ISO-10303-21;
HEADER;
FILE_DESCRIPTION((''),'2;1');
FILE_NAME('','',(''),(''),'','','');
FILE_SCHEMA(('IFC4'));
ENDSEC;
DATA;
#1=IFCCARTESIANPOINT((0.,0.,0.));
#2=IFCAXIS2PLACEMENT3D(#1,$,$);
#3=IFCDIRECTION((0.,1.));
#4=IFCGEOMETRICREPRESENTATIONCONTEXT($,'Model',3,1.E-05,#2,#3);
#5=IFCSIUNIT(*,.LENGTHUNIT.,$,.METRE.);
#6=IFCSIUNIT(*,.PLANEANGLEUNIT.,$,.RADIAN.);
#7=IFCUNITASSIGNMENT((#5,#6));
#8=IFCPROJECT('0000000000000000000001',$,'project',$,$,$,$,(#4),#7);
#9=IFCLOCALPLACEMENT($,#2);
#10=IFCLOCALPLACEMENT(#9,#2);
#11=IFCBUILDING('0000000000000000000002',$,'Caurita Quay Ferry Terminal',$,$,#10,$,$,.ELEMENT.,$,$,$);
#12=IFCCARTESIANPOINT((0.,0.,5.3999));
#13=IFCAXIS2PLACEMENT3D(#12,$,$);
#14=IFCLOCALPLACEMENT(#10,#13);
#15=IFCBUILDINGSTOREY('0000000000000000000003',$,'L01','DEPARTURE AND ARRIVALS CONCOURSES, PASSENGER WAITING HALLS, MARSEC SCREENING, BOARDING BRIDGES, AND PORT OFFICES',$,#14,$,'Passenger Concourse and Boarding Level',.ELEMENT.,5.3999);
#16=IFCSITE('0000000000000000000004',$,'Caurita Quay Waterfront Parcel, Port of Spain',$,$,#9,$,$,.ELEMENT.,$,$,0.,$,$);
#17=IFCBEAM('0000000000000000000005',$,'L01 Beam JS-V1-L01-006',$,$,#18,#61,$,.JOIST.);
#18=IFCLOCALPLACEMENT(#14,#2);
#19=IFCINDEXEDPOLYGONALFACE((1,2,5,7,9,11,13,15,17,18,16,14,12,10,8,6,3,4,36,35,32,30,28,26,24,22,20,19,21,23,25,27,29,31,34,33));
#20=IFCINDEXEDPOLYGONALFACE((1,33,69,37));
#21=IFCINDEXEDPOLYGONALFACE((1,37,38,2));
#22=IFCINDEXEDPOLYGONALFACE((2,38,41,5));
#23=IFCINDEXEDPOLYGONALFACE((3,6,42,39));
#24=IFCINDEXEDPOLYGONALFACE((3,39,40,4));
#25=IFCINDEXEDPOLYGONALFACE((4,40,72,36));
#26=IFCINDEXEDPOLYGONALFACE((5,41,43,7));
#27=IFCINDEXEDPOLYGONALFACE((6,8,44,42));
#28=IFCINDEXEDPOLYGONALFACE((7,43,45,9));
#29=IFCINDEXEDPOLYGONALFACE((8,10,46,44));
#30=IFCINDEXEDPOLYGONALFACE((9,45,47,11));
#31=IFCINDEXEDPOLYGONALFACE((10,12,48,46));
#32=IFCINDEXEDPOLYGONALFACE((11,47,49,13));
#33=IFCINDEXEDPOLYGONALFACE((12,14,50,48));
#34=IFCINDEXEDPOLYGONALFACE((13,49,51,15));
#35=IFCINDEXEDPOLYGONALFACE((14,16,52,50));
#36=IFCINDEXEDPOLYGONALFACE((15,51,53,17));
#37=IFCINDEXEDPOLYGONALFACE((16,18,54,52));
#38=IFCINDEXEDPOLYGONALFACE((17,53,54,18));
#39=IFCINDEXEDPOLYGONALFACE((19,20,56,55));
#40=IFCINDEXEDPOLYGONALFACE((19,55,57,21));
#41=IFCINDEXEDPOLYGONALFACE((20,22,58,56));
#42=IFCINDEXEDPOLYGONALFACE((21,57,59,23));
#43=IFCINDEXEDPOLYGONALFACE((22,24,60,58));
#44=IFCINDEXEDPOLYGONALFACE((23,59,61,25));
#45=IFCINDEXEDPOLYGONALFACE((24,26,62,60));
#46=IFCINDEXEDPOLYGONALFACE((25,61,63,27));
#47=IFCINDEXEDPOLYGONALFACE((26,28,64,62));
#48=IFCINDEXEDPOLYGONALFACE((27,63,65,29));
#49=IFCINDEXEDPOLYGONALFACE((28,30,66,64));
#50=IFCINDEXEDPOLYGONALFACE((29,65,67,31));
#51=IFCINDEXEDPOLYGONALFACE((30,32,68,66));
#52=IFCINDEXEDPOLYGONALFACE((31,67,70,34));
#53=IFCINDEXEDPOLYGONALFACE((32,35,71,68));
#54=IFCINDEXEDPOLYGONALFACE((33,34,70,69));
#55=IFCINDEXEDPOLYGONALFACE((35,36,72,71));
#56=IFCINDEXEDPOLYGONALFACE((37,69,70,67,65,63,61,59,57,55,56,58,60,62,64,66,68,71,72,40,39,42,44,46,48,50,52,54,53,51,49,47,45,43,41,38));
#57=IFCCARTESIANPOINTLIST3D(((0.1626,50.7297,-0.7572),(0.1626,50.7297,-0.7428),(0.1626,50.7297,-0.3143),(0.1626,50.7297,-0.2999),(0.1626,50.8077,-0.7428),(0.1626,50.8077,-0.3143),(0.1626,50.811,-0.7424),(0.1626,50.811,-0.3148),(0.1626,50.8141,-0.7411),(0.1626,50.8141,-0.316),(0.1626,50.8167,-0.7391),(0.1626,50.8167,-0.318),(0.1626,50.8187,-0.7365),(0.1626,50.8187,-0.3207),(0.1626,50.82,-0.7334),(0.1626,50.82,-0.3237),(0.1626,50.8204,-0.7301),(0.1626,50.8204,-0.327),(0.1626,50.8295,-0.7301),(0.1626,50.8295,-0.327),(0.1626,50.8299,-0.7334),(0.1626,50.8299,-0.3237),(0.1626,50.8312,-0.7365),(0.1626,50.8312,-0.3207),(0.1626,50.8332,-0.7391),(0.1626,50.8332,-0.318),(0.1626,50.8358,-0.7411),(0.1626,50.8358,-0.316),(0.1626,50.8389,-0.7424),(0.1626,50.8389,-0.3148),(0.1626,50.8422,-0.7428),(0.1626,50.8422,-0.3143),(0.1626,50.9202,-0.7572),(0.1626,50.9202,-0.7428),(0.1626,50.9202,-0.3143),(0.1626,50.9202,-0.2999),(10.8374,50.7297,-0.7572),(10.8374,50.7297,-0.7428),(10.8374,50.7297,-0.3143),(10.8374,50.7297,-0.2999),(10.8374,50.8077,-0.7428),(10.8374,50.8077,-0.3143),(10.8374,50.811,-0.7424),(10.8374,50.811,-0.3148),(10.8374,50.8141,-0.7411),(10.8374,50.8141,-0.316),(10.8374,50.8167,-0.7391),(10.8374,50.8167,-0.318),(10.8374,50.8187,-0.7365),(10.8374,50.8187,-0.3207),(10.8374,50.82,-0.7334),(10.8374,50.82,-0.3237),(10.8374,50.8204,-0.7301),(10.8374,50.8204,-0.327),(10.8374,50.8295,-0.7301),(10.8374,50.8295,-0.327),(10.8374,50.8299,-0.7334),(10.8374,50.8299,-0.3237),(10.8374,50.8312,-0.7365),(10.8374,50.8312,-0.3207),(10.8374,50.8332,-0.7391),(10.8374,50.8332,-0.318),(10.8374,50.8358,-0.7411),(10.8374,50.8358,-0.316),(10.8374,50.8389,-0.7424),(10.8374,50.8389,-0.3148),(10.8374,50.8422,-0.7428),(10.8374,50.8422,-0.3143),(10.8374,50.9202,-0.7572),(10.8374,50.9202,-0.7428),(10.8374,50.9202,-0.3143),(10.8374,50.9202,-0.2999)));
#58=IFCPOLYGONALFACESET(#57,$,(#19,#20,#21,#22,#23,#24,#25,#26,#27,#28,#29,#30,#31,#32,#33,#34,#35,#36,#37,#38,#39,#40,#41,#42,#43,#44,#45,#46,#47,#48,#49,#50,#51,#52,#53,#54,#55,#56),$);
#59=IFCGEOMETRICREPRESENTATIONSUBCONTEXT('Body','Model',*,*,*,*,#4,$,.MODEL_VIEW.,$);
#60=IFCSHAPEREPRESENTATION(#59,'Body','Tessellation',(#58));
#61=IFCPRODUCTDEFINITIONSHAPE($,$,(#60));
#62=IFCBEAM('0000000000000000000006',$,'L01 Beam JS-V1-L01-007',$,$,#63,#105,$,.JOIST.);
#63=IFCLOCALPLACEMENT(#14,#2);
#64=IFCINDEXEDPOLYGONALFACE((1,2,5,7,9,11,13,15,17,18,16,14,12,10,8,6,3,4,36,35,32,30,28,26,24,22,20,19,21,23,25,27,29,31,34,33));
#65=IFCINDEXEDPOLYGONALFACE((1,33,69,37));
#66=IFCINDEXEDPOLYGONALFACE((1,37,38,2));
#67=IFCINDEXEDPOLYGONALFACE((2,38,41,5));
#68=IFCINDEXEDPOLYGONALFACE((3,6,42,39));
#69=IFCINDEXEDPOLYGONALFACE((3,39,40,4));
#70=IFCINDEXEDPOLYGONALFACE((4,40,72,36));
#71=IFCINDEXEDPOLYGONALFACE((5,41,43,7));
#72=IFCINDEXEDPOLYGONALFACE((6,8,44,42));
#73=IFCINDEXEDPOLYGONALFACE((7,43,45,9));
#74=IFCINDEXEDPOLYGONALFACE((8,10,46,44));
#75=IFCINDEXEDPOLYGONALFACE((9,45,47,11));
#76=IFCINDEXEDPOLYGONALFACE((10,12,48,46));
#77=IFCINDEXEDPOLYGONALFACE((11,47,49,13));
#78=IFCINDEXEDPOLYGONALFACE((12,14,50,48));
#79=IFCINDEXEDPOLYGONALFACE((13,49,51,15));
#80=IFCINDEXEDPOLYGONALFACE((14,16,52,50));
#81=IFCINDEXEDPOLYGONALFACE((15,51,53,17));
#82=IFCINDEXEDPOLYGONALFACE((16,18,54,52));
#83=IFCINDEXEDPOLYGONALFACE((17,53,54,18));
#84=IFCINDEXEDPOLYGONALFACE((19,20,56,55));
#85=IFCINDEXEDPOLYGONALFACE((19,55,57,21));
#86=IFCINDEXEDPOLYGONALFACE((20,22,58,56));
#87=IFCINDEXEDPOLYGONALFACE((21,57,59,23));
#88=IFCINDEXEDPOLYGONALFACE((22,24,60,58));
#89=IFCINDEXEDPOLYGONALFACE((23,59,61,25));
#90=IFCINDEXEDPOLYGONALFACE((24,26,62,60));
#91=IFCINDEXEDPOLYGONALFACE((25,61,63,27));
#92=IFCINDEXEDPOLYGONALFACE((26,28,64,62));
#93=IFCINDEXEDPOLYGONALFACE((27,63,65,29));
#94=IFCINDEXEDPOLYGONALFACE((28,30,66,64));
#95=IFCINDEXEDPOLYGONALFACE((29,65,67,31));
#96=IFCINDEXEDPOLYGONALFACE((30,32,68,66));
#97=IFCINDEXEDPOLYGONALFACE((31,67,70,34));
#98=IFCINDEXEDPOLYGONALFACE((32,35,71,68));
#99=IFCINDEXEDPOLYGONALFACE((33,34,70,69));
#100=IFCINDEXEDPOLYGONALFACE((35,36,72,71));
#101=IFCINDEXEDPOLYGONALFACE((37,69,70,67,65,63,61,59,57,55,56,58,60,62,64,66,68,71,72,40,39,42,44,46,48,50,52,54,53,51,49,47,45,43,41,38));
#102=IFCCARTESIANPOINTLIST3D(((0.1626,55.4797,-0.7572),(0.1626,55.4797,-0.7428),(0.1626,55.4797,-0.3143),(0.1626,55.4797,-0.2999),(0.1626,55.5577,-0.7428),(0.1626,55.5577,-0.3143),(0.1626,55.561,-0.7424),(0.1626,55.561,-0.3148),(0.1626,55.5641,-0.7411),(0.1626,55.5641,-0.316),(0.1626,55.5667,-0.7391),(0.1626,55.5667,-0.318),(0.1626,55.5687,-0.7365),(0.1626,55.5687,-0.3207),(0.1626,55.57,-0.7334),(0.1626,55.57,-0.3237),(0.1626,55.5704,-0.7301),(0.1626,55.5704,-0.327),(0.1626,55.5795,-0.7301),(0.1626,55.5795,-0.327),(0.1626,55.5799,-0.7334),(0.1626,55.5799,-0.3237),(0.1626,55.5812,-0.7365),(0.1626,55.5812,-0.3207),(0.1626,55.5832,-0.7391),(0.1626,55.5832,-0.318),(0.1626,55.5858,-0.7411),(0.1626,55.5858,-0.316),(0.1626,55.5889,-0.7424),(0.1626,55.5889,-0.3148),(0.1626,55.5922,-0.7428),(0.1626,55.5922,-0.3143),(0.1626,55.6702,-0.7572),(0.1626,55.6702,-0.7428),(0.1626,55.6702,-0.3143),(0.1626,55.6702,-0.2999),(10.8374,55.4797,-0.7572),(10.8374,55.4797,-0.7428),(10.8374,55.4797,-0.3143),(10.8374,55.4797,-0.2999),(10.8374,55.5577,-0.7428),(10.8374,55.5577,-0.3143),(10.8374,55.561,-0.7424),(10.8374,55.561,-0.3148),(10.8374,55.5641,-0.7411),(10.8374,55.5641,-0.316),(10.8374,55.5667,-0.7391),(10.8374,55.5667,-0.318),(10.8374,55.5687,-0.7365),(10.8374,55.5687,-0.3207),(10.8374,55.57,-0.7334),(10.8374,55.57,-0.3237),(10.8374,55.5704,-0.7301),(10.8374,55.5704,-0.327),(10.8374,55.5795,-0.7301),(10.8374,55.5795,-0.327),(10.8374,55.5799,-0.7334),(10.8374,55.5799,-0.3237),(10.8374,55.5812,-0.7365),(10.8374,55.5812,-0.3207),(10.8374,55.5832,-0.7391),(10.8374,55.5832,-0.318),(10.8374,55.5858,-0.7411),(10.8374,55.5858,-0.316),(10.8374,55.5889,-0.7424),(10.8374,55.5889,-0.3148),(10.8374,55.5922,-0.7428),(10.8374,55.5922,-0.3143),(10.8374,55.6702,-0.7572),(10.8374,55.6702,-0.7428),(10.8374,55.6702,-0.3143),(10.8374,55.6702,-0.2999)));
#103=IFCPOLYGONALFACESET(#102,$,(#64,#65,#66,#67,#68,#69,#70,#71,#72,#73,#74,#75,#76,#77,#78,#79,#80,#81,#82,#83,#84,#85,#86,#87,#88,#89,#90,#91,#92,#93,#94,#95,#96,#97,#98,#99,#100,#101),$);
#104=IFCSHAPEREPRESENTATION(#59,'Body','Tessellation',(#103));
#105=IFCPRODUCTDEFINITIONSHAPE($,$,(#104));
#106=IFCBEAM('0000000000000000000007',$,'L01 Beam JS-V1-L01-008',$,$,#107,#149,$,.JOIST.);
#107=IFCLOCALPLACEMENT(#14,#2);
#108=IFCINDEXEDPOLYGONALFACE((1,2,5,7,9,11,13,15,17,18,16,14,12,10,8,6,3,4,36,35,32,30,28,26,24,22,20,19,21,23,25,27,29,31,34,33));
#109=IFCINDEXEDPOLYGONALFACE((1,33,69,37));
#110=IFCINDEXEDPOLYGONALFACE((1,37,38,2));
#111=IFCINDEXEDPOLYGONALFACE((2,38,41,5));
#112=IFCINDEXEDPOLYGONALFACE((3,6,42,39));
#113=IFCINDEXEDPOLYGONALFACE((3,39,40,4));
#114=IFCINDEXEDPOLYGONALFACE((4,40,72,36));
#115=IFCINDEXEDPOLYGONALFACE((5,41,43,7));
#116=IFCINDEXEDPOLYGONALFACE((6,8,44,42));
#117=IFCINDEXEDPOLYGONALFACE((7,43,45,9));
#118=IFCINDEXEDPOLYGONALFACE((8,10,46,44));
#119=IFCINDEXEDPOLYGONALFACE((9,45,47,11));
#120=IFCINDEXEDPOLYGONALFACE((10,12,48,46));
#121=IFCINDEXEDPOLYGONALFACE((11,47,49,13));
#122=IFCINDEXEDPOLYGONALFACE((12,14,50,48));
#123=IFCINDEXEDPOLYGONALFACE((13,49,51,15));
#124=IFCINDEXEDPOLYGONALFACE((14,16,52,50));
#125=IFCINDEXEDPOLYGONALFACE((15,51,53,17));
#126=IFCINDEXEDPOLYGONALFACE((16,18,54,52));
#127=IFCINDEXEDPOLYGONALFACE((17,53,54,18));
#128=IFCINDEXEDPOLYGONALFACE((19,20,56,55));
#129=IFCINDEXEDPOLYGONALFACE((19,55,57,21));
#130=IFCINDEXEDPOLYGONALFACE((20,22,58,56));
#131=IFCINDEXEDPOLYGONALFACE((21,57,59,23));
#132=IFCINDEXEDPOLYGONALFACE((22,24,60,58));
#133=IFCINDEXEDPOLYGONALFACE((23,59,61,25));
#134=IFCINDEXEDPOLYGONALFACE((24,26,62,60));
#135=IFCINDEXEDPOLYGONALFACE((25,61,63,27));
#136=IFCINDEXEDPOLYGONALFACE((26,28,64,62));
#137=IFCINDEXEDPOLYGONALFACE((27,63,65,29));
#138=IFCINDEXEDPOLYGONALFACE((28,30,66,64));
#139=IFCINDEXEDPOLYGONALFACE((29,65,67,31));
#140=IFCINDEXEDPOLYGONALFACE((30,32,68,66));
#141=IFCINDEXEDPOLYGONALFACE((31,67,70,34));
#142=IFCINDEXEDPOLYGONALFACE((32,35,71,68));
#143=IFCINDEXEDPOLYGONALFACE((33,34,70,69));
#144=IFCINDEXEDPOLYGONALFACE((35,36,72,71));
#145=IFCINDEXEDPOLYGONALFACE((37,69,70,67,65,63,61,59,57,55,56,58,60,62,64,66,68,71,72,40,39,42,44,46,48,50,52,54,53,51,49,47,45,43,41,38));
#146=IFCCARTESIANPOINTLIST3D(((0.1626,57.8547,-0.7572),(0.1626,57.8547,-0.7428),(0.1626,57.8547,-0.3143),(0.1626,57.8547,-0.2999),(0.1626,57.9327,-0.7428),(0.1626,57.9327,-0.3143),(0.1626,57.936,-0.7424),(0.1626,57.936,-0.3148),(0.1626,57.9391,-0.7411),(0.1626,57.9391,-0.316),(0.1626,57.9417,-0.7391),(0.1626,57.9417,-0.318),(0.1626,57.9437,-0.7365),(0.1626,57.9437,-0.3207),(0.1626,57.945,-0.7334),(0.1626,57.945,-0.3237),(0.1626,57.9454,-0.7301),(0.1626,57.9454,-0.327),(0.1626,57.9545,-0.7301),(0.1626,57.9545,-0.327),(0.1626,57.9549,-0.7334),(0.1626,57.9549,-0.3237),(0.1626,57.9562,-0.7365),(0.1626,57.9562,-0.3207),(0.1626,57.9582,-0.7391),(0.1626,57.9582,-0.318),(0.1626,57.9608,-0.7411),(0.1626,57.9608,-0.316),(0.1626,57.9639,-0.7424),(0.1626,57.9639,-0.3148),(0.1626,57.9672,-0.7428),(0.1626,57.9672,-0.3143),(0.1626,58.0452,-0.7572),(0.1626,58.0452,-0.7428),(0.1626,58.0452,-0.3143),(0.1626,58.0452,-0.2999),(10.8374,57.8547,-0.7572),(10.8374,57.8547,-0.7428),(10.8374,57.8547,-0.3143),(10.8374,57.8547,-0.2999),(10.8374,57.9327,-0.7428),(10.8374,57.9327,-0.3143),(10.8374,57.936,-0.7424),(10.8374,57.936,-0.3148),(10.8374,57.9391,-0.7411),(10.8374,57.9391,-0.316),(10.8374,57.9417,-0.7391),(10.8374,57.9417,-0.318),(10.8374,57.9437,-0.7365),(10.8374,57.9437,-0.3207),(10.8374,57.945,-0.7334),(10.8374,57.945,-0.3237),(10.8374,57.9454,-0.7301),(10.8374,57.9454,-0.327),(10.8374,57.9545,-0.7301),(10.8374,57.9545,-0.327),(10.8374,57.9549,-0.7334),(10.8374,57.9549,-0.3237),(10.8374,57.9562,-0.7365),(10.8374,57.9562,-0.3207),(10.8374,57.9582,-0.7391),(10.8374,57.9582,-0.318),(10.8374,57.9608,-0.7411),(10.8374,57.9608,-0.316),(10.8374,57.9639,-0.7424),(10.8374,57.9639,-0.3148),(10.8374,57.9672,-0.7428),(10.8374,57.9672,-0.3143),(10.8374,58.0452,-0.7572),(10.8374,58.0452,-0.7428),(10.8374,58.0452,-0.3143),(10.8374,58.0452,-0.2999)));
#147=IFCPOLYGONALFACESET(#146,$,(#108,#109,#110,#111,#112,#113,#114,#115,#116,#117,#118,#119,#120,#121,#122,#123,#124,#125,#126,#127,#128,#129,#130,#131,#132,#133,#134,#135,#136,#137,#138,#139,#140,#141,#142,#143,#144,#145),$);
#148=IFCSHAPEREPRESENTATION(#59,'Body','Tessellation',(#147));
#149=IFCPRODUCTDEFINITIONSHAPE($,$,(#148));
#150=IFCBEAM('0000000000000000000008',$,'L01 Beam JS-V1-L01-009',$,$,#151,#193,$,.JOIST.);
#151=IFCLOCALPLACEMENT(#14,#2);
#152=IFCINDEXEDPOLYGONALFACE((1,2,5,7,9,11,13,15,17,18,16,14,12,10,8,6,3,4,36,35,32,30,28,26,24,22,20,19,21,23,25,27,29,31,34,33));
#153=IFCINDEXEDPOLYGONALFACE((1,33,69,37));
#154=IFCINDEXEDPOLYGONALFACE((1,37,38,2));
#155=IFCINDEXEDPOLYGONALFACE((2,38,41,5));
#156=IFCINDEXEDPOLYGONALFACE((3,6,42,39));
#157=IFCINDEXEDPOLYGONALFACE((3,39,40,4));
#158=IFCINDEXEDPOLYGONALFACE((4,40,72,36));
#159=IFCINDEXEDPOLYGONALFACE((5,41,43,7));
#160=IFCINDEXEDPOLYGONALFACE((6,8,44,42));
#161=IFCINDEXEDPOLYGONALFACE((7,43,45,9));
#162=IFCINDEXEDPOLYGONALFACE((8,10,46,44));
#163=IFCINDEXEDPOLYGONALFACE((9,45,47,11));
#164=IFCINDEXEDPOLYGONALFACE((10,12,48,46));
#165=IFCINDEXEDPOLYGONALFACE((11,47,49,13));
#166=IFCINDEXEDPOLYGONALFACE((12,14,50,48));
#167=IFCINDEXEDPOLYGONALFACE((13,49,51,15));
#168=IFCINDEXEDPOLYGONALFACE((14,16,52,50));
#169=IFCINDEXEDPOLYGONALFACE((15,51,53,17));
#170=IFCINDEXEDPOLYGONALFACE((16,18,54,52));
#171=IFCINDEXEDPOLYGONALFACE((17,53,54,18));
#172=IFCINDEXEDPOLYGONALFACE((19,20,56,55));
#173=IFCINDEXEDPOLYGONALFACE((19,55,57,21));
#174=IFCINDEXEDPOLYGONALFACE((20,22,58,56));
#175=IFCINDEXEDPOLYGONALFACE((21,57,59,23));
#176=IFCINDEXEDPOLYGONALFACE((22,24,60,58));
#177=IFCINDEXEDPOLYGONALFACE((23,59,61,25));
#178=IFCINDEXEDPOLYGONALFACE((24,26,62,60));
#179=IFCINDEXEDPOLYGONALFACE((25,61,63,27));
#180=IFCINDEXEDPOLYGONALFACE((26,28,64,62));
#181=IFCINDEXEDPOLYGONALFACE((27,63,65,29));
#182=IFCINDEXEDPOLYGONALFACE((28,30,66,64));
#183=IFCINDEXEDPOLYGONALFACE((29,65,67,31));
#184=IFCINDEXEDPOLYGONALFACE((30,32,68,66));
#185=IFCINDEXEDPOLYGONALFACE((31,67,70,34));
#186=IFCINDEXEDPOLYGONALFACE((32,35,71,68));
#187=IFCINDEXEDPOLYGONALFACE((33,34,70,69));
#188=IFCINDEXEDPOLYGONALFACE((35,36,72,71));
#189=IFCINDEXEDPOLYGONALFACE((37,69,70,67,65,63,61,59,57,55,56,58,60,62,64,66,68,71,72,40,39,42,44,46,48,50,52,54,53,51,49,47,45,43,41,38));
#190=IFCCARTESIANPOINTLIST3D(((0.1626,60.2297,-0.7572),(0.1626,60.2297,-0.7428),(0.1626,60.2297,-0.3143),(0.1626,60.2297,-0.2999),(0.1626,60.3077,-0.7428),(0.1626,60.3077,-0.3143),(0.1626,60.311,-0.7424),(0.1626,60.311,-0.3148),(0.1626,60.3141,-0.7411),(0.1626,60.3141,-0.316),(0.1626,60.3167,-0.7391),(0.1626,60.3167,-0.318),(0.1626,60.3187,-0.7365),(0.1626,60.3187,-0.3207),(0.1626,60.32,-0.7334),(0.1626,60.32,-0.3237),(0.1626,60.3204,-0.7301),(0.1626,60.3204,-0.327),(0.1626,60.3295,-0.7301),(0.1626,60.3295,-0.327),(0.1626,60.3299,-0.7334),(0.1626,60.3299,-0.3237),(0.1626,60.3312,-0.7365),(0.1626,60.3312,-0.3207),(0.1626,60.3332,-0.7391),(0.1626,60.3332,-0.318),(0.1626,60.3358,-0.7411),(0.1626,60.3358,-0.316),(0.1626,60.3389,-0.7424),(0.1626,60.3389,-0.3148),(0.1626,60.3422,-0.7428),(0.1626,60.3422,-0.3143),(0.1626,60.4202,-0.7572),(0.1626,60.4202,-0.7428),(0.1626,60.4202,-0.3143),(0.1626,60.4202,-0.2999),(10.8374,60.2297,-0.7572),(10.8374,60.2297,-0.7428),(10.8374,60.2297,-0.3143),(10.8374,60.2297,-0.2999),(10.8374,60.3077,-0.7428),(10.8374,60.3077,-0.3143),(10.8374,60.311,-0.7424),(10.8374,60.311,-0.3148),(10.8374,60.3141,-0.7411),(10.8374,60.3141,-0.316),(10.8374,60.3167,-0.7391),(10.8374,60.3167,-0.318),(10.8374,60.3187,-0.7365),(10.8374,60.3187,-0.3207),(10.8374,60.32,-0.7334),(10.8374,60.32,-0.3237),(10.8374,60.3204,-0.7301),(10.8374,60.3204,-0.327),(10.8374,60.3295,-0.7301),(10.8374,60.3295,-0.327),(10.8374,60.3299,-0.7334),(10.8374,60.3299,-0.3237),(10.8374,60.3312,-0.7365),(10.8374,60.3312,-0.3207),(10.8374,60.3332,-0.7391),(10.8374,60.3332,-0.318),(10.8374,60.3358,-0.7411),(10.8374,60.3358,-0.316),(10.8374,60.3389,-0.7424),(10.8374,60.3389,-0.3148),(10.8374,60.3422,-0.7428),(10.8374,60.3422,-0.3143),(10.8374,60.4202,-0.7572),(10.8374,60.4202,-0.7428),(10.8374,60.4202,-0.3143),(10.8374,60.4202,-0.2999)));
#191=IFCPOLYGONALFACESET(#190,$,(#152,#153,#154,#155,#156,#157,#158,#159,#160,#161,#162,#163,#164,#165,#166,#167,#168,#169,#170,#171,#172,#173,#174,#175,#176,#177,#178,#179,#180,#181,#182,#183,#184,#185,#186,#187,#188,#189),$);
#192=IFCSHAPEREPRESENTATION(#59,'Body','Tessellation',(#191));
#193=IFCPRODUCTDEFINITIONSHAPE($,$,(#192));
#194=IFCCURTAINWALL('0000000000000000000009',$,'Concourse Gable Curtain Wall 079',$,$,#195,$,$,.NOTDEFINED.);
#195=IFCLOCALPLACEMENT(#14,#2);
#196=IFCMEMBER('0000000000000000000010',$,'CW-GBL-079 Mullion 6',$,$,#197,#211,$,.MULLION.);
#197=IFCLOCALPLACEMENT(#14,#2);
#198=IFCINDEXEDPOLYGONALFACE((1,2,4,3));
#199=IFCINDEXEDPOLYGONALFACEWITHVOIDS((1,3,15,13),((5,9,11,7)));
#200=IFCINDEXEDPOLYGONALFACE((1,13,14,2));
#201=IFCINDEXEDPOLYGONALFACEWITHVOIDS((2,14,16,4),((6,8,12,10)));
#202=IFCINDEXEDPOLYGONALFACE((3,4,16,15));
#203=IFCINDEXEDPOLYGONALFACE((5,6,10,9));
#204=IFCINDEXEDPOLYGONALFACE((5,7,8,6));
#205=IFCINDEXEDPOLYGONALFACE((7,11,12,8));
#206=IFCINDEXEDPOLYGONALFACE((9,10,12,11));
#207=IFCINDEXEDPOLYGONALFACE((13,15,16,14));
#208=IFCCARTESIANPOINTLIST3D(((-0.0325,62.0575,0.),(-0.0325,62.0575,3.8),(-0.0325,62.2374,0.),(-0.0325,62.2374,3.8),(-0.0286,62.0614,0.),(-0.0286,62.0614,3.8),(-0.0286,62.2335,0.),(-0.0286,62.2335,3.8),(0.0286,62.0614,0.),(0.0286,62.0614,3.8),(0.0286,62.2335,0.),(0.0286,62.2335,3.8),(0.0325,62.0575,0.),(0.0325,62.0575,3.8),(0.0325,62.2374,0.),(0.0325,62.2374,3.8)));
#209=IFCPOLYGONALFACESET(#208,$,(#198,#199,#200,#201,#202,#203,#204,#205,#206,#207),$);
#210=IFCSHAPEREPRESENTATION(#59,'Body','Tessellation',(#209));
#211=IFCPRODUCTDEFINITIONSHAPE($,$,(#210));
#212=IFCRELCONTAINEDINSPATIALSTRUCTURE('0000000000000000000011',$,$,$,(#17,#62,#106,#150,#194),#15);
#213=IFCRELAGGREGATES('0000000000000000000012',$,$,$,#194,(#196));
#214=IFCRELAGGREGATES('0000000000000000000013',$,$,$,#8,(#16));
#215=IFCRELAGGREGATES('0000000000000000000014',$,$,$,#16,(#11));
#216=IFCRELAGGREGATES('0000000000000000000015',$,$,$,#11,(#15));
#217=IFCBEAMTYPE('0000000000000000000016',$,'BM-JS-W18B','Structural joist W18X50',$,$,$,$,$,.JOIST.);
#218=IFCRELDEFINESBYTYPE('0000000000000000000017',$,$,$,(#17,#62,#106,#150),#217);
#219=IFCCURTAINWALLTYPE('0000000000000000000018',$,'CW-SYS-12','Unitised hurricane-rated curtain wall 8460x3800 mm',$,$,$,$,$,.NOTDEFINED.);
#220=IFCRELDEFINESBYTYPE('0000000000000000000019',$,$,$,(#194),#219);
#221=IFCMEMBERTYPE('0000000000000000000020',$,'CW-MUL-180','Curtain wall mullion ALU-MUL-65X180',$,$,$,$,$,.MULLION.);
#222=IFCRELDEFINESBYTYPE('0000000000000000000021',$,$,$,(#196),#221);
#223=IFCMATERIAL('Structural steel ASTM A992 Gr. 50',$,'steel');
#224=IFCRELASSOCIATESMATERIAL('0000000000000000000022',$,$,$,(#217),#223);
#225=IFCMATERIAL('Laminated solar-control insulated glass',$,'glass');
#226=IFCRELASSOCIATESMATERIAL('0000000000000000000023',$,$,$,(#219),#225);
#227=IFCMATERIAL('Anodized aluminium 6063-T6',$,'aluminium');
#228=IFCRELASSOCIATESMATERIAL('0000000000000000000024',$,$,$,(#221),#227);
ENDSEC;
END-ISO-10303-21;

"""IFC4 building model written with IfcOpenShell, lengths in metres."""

from ifc_helpers import new_model, si_unit, direction, frame, origin, origin_2d, place, context, subcontext, project, spatial, hollow_rectangle, i_section, extrude, material, material_profile, profile_set, type_object, element, aggregate, save


model = new_model("IFC4")

# Units and contexts
model_context = context("Model", 3, precision=1e-05, world=origin(), true_north=direction((0.0, 1.0)))
body_context = subcontext(model_context, "Body", "Model", "MODEL_VIEW")
ifc_project = project(units=[si_unit("LENGTHUNIT", "METRE"), si_unit("PLANEANGLEUNIT", "RADIAN")], contexts=[model_context])

# Site, building, storey
site_placement = place(None, origin())
site = spatial("IfcSite", under=ifc_project, at=site_placement, Name="Caurita Quay Waterfront Parcel, Port of Spain", CompositionType="ELEMENT", RefElevation=0.0)
building_placement = place(site_placement, origin())
building = spatial("IfcBuilding", under=site, at=building_placement, Name="Caurita Quay Ferry Terminal", CompositionType="ELEMENT")
storey_placement = place(building_placement, frame((0.0, 0.0, 5.3999)))
storey = spatial("IfcBuildingStorey", under=building, at=storey_placement, Name="L01", Description="DEPARTURE AND ARRIVALS CONCOURSES, PASSENGER WAITING HALLS, MARSEC SCREENING, BOARDING BRIDGES, AND PORT OFFICES", LongName="Passenger Concourse and Boarding Level", CompositionType="ELEMENT", Elevation=5.3999)

# Beams
ifc_material_1 = material(Name="Structural steel ASTM A992 Gr. 50", Category="steel")
ifc_material_profile_1 = material_profile(ifc_material_1, i_section(OverallWidth=0.1904, OverallDepth=0.4573, WebThickness=0.009, FlangeThickness=0.0144, FilletRadius=0.0127, at=origin_2d()), Name="W18X50")
ifc_profile_set_1 = profile_set([ifc_material_profile_1], Name="Structural steel ASTM A992 Gr. 50")
beam_type_1 = type_object("IfcBeamType", Name="BM-JS-W18B", Description="Structural joist W18X50", PredefinedType="JOIST", material=ifc_profile_set_1)
for number, where, z_axis, x_axis, name in (
    (1, (0.1626, 50.825, -0.5286), (1.0, 0.0, 0.0), (0.0, 1.0, 0.0), "L01 Beam JS-V1-L01-006"),
    (2, (0.1626, 55.575, -0.5286), (1.0, 0.0, 0.0), (0.0, 1.0, 0.0), "L01 Beam JS-V1-L01-007"),
    (3, (0.1626, 57.95, -0.5286), (1.0, 0.0, 0.0), (0.0, 1.0, 0.0), "L01 Beam JS-V1-L01-008"),
    (4, (0.1626, 60.325, -0.5286), (1.0, 0.0, 0.0), (0.0, 1.0, 0.0), "L01 Beam JS-V1-L01-009"),
):
    element("IfcBeam", number, at=place(storey_placement, frame(where, z_axis=z_axis, x_axis=x_axis)), inside=storey, type_object=beam_type_1, Name=name, PredefinedType="JOIST", context=body_context, shape_type="SweptSolid", body=[
        extrude(i_section(OverallWidth=0.1904, OverallDepth=0.4573, WebThickness=0.009, FlangeThickness=0.0144, FilletRadius=0.0127, at=origin_2d()), origin(), (0.0, 0.0, 1.0), 10.6748),
    ])

# Curtain wall, member
ifc_material_2 = material(Name="Laminated solar-control insulated glass", Category="glass")
curtain_wall_type = type_object("IfcCurtainWallType", Name="CW-SYS-12", Description="Unitised hurricane-rated curtain wall 8460x3800 mm", PredefinedType="NOTDEFINED", material=ifc_material_2)
curtain_wall_placement = place(storey_placement, origin())
curtain_wall = element("IfcCurtainWall", 5, at=curtain_wall_placement, inside=storey, type_object=curtain_wall_type, Name="Concourse Gable Curtain Wall 079", PredefinedType="NOTDEFINED")
ifc_material_3 = material(Name="Anodized aluminium 6063-T6", Category="aluminium")
ifc_material_profile_2 = material_profile(ifc_material_3, hollow_rectangle(XDim=0.0649, YDim=0.1799, WallThickness=0.0039, at=origin_2d()), Name="ALU-MUL-65X180")
ifc_profile_set_2 = profile_set([ifc_material_profile_2], Name="Anodized aluminium 6063-T6")
member_type_1 = type_object("IfcMemberType", Name="CW-MUL-180", Description="Curtain wall mullion ALU-MUL-65X180", PredefinedType="MULLION", material=ifc_profile_set_2)
member_1_placement = place(storey_placement, frame((0.0, 62.1475, 0.0), z_axis=(0.0, 0.0, 1.0), x_axis=(-1.0, 0.0, 0.0)))
member_1 = element("IfcMember", 6, at=member_1_placement, type_object=member_type_1, Name="CW-GBL-079 Mullion 6", PredefinedType="MULLION", context=body_context, shape_type="SweptSolid", body=[
    extrude(hollow_rectangle(XDim=0.0649, YDim=0.1799, WallThickness=0.0039, at=origin_2d()), origin(), (0.0, 0.0, 1.0), 3.8),
])

aggregate(curtain_wall, [member_1])

save(model, "model.ifc")
